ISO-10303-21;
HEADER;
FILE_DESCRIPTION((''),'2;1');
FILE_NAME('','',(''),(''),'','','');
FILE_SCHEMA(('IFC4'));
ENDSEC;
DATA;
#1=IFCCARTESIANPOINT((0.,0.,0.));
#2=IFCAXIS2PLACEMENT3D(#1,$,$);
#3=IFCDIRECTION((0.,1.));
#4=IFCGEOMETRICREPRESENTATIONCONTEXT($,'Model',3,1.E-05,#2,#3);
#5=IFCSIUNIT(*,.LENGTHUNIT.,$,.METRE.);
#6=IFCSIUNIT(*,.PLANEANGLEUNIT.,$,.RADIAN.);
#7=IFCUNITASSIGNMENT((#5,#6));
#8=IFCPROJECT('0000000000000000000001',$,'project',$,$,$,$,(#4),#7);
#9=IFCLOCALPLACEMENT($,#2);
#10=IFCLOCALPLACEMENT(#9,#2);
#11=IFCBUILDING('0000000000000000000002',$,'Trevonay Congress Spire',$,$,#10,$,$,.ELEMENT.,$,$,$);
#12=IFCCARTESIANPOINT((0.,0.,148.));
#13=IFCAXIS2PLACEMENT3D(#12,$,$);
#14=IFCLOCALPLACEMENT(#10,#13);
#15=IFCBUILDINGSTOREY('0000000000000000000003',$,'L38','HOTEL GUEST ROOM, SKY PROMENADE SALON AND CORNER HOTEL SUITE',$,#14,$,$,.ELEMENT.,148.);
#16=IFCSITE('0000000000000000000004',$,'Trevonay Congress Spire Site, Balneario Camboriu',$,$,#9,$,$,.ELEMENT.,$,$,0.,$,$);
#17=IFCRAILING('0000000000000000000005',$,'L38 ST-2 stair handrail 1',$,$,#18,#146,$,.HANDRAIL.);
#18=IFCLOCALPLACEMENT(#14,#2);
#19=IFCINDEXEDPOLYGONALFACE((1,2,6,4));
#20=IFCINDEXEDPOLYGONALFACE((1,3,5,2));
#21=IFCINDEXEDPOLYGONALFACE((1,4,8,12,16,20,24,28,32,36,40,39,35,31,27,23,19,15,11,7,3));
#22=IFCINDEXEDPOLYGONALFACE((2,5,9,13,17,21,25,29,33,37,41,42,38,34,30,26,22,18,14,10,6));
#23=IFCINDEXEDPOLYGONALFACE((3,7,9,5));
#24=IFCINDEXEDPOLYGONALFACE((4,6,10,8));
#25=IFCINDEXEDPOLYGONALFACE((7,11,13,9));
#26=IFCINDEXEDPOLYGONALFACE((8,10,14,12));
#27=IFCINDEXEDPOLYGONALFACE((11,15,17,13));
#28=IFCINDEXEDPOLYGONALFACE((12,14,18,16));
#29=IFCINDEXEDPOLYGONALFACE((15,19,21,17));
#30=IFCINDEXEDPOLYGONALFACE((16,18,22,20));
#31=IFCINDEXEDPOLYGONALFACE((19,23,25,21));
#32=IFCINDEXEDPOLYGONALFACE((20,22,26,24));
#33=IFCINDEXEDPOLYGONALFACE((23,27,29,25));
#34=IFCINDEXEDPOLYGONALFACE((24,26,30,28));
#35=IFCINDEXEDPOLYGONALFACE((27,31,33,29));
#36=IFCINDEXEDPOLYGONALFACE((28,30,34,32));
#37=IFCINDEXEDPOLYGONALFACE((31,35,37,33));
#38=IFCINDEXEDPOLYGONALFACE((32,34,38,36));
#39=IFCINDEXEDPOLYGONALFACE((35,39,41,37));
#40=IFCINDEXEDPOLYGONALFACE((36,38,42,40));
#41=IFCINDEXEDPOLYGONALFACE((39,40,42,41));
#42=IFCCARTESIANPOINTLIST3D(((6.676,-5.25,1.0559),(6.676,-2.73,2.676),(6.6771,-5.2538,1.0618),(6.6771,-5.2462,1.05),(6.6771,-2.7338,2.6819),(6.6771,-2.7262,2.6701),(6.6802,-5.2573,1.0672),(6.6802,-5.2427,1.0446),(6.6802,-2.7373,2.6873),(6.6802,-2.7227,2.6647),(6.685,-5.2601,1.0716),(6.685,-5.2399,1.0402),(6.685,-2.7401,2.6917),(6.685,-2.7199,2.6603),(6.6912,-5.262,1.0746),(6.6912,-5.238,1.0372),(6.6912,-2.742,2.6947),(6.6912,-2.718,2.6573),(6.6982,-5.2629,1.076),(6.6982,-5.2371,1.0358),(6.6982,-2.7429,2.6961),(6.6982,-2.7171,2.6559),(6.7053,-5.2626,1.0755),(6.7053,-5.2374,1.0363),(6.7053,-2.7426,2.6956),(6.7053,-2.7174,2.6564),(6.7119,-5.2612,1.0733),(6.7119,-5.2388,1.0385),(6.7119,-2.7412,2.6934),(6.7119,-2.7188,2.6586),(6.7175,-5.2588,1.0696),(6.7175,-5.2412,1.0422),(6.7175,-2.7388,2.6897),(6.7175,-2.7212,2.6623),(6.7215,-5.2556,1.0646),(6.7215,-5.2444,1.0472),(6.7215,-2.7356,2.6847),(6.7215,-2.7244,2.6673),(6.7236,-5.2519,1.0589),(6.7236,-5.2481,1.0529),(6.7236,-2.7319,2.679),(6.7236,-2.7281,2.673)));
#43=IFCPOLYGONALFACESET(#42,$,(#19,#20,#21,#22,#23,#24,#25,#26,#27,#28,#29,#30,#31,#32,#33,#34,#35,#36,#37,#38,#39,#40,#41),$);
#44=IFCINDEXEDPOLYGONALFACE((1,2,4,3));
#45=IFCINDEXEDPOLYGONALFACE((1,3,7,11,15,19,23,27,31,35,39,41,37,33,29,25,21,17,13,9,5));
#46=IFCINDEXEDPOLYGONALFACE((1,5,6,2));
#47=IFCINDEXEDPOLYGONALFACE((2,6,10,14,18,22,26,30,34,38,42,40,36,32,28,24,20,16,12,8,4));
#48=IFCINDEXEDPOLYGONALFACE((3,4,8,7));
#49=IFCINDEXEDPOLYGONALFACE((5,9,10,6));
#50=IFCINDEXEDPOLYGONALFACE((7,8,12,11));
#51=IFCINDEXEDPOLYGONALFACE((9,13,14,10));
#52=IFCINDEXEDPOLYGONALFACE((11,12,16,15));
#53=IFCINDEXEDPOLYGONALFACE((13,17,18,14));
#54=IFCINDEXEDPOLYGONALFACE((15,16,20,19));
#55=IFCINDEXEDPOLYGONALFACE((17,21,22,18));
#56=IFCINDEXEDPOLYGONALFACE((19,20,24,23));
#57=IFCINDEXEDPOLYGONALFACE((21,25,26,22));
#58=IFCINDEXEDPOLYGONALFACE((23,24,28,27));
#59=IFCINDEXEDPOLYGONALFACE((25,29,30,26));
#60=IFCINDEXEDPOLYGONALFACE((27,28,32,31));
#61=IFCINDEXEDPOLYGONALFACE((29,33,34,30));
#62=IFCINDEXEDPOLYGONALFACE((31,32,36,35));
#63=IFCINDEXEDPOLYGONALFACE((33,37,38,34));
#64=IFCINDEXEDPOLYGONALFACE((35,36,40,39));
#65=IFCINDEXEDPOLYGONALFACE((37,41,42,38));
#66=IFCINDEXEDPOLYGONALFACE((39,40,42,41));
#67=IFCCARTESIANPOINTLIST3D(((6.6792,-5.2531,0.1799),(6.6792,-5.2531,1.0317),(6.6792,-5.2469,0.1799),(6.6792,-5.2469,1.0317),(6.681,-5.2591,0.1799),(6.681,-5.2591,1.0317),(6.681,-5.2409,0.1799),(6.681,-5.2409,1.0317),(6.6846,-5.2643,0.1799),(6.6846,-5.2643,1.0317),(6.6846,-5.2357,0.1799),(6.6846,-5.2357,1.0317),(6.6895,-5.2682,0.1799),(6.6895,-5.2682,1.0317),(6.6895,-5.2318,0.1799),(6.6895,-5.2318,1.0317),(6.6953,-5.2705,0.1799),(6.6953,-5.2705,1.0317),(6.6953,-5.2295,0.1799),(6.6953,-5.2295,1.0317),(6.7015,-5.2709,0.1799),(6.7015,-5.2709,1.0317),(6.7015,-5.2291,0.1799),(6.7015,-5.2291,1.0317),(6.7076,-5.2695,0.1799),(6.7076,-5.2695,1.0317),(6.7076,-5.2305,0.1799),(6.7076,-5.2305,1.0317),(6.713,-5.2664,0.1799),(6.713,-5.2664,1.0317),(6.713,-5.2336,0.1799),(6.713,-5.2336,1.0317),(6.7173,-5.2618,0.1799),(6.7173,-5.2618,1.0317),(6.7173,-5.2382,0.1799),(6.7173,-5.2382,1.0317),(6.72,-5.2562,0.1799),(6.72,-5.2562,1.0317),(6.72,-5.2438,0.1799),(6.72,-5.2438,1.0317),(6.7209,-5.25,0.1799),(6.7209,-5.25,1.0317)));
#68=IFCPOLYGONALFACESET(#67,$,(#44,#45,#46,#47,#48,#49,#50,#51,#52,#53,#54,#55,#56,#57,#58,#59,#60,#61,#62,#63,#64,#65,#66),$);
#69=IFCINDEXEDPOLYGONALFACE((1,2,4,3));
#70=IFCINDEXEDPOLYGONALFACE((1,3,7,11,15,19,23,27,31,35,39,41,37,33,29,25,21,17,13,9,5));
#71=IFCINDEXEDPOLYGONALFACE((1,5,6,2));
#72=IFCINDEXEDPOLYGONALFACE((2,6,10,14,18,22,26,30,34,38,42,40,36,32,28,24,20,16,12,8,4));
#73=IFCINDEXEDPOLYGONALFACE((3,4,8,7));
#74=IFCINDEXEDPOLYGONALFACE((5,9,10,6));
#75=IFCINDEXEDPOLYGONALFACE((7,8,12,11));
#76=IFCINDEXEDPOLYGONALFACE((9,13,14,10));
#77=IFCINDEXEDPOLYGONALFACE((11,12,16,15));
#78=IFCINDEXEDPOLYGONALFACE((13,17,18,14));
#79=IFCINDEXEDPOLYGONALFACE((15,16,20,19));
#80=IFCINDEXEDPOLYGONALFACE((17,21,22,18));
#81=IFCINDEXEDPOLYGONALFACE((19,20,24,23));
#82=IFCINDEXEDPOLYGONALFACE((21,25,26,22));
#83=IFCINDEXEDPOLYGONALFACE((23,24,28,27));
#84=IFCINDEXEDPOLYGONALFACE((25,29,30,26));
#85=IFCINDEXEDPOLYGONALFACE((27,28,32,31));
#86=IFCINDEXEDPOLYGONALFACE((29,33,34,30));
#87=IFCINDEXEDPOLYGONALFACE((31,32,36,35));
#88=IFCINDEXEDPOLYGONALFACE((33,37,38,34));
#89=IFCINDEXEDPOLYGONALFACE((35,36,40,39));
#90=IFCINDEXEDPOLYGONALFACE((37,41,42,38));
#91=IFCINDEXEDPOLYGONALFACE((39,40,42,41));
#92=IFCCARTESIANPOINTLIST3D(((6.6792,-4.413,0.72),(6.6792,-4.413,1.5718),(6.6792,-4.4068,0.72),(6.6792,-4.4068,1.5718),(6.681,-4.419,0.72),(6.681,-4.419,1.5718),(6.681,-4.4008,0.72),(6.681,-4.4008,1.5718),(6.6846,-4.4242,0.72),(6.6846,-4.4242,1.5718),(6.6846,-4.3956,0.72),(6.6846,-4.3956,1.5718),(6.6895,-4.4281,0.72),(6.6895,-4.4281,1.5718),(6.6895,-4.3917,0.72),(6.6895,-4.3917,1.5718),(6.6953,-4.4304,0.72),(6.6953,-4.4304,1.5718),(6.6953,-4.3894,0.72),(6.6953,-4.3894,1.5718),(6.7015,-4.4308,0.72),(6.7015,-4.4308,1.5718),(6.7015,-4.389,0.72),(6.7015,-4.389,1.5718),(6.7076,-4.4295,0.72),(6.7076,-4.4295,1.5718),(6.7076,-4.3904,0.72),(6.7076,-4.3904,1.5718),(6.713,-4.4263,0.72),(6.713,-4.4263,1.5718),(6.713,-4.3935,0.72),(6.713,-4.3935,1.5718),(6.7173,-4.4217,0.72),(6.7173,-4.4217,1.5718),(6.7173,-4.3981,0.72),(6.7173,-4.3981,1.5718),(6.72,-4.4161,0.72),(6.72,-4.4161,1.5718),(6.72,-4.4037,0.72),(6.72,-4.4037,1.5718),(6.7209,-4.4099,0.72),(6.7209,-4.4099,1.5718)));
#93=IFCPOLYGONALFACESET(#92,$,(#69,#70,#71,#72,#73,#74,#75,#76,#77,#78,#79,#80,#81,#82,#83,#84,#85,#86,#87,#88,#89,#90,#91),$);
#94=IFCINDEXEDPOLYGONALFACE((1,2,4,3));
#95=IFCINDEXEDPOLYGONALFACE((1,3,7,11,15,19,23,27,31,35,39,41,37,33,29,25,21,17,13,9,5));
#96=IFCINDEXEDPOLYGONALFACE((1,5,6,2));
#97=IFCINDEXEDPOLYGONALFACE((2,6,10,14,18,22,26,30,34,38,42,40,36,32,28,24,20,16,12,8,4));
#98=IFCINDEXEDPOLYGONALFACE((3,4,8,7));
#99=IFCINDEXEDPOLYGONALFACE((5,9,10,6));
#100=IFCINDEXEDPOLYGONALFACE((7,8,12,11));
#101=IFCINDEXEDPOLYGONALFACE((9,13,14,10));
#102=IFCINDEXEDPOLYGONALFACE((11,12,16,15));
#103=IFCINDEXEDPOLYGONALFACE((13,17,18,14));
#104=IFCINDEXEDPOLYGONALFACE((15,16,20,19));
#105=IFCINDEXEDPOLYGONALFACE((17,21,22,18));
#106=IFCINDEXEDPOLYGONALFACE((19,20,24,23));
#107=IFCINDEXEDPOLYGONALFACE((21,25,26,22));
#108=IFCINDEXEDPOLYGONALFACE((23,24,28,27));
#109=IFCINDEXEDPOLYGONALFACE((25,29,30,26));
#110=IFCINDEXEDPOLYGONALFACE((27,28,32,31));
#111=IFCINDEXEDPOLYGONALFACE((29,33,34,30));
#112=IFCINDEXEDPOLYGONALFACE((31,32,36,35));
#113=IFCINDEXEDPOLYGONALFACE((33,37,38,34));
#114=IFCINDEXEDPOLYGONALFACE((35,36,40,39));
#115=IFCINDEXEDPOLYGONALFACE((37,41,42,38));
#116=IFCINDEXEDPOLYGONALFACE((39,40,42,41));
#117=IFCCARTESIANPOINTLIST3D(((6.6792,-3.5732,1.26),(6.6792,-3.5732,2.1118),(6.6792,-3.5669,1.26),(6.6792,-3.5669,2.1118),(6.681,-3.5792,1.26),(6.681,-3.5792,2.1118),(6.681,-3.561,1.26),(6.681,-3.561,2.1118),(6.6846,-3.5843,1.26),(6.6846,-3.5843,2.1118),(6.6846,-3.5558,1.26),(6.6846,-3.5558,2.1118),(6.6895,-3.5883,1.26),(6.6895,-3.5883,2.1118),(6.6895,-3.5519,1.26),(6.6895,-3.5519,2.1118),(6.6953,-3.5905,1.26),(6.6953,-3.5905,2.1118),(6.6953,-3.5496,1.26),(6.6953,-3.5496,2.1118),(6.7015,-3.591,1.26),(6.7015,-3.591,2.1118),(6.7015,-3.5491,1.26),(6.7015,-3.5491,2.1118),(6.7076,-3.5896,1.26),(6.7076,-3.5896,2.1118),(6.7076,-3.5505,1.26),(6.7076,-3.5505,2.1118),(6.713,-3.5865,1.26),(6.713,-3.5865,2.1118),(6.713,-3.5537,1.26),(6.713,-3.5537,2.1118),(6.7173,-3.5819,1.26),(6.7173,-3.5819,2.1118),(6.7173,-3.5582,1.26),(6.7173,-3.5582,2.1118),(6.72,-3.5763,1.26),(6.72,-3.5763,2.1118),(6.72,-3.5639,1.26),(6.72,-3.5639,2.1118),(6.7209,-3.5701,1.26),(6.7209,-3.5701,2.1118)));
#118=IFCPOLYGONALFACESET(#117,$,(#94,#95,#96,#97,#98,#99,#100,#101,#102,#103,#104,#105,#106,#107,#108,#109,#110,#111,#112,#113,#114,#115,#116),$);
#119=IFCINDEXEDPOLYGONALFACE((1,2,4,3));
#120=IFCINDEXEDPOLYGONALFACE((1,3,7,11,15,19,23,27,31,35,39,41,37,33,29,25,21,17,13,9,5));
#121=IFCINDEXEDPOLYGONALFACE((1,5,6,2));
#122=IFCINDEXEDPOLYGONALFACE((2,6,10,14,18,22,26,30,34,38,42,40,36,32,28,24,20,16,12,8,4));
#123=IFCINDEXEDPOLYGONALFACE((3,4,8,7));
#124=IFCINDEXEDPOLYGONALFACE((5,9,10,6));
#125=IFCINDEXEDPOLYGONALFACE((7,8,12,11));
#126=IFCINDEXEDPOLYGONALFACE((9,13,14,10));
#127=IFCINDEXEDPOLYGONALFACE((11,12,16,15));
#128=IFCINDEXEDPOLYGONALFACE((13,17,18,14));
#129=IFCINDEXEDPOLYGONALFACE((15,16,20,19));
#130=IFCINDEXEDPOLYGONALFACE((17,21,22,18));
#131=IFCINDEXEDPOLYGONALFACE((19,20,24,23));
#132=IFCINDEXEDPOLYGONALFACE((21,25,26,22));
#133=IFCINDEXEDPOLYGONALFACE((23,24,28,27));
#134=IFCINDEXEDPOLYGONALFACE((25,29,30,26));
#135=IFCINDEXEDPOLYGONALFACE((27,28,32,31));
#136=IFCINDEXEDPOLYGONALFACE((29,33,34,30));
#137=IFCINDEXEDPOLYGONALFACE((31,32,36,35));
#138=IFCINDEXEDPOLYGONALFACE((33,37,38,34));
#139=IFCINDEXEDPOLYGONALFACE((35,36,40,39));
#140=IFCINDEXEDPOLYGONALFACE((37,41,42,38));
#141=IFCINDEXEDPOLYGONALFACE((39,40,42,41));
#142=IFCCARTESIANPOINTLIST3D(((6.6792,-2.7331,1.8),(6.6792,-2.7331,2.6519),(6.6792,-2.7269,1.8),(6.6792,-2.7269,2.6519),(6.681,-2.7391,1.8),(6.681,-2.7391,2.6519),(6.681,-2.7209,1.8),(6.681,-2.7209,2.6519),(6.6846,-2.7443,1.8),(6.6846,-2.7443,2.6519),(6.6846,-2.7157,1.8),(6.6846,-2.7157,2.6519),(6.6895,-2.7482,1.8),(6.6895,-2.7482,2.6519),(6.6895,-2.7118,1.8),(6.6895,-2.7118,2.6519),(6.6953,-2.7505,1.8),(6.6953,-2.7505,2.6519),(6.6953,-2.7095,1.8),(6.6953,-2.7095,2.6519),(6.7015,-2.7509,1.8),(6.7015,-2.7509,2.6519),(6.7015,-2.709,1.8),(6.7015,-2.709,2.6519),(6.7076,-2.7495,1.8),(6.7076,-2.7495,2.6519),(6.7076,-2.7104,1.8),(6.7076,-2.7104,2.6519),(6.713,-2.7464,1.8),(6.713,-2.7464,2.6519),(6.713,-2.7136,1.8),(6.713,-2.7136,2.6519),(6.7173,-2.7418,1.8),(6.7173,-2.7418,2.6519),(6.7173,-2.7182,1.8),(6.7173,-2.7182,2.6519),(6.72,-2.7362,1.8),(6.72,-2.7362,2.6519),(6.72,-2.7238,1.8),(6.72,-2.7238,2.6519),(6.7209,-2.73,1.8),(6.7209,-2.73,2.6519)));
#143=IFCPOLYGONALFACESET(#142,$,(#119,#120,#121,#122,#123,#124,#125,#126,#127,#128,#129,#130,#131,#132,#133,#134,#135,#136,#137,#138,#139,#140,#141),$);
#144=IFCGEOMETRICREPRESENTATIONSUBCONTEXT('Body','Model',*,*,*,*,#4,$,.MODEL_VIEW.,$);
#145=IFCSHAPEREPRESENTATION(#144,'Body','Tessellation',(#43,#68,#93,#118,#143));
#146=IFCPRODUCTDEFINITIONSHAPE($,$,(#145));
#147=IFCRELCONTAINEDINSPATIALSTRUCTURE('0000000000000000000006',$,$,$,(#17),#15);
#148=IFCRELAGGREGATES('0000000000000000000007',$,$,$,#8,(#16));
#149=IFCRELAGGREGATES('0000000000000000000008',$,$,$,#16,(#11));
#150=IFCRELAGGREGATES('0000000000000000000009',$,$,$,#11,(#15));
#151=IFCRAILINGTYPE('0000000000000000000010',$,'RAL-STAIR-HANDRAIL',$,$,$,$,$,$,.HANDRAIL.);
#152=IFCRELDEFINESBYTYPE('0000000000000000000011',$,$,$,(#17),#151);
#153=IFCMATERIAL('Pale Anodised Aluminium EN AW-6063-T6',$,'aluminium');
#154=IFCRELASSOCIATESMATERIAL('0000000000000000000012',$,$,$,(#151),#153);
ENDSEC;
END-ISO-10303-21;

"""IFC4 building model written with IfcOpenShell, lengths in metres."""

from ifc_helpers import new_model, si_unit, direction, frame, origin, origin_2d, place, context, subcontext, project, spatial, circle, extrude, material, type_object, element, save


model = new_model("IFC4")

# Units and contexts
model_context = context("Model", 3, precision=1e-05, world=origin(), true_north=direction((0.0, 1.0)))
body_context = subcontext(model_context, "Body", "Model", "MODEL_VIEW")
ifc_project = project(units=[si_unit("LENGTHUNIT", "METRE"), si_unit("PLANEANGLEUNIT", "RADIAN")], contexts=[model_context])

# Site, building, storey
site_placement = place(None, origin())
site = spatial("IfcSite", under=ifc_project, at=site_placement, Name="Trevonay Congress Spire Site, Balneario Camboriu", CompositionType="ELEMENT", RefElevation=0.0)
building_placement = place(site_placement, origin())
building = spatial("IfcBuilding", under=site, at=building_placement, Name="Trevonay Congress Spire", CompositionType="ELEMENT")
storey_placement = place(building_placement, frame((0.0, 0.0, 148.0)))
storey = spatial("IfcBuildingStorey", under=building, at=storey_placement, Name="L38", Description="HOTEL GUEST ROOM, SKY PROMENADE SALON AND CORNER HOTEL SUITE", CompositionType="ELEMENT", Elevation=148.0)

# Railing
ifc_material_1 = material(Name="Pale Anodised Aluminium EN AW-6063-T6", Category="aluminium")
railing_type_1 = type_object("IfcRailingType", Name="RAL-STAIR-HANDRAIL", PredefinedType="HANDRAIL", material=ifc_material_1)
railing_1_placement = place(storey_placement, frame((6.7, -5.25, 0.1799)))
element("IfcRailing", 1, at=railing_1_placement, inside=storey, type_object=railing_type_1, Name="L38 ST-2 stair handrail 1", PredefinedType="HANDRAIL", context=body_context, shape_type="SweptSolid", body=[
    extrude(circle(Radius=0.0239, at=origin_2d()), frame((0.0, 0.0, 0.876), z_axis=(0.0, 0.841163, 0.540782), x_axis=(-1.0, 0.0, 0.0)), (0.0, 0.0, 1.0), 2.9958),
    extrude(circle(Radius=0.021, at=origin_2d()), origin(), (0.0, 0.0, 1.0), 0.8518),
    extrude(circle(Radius=0.021, at=origin_2d()), frame((0.0, 0.8401, 0.54)), (0.0, 0.0, 1.0), 0.8518),
    extrude(circle(Radius=0.021, at=origin_2d()), frame((0.0, 1.6799, 1.0801)), (0.0, 0.0, 1.0), 0.8518),
    extrude(circle(Radius=0.021, at=origin_2d()), frame((0.0, 2.52, 1.6201)), (0.0, 0.0, 1.0), 0.8518),
])

save(model, "model.ifc")
